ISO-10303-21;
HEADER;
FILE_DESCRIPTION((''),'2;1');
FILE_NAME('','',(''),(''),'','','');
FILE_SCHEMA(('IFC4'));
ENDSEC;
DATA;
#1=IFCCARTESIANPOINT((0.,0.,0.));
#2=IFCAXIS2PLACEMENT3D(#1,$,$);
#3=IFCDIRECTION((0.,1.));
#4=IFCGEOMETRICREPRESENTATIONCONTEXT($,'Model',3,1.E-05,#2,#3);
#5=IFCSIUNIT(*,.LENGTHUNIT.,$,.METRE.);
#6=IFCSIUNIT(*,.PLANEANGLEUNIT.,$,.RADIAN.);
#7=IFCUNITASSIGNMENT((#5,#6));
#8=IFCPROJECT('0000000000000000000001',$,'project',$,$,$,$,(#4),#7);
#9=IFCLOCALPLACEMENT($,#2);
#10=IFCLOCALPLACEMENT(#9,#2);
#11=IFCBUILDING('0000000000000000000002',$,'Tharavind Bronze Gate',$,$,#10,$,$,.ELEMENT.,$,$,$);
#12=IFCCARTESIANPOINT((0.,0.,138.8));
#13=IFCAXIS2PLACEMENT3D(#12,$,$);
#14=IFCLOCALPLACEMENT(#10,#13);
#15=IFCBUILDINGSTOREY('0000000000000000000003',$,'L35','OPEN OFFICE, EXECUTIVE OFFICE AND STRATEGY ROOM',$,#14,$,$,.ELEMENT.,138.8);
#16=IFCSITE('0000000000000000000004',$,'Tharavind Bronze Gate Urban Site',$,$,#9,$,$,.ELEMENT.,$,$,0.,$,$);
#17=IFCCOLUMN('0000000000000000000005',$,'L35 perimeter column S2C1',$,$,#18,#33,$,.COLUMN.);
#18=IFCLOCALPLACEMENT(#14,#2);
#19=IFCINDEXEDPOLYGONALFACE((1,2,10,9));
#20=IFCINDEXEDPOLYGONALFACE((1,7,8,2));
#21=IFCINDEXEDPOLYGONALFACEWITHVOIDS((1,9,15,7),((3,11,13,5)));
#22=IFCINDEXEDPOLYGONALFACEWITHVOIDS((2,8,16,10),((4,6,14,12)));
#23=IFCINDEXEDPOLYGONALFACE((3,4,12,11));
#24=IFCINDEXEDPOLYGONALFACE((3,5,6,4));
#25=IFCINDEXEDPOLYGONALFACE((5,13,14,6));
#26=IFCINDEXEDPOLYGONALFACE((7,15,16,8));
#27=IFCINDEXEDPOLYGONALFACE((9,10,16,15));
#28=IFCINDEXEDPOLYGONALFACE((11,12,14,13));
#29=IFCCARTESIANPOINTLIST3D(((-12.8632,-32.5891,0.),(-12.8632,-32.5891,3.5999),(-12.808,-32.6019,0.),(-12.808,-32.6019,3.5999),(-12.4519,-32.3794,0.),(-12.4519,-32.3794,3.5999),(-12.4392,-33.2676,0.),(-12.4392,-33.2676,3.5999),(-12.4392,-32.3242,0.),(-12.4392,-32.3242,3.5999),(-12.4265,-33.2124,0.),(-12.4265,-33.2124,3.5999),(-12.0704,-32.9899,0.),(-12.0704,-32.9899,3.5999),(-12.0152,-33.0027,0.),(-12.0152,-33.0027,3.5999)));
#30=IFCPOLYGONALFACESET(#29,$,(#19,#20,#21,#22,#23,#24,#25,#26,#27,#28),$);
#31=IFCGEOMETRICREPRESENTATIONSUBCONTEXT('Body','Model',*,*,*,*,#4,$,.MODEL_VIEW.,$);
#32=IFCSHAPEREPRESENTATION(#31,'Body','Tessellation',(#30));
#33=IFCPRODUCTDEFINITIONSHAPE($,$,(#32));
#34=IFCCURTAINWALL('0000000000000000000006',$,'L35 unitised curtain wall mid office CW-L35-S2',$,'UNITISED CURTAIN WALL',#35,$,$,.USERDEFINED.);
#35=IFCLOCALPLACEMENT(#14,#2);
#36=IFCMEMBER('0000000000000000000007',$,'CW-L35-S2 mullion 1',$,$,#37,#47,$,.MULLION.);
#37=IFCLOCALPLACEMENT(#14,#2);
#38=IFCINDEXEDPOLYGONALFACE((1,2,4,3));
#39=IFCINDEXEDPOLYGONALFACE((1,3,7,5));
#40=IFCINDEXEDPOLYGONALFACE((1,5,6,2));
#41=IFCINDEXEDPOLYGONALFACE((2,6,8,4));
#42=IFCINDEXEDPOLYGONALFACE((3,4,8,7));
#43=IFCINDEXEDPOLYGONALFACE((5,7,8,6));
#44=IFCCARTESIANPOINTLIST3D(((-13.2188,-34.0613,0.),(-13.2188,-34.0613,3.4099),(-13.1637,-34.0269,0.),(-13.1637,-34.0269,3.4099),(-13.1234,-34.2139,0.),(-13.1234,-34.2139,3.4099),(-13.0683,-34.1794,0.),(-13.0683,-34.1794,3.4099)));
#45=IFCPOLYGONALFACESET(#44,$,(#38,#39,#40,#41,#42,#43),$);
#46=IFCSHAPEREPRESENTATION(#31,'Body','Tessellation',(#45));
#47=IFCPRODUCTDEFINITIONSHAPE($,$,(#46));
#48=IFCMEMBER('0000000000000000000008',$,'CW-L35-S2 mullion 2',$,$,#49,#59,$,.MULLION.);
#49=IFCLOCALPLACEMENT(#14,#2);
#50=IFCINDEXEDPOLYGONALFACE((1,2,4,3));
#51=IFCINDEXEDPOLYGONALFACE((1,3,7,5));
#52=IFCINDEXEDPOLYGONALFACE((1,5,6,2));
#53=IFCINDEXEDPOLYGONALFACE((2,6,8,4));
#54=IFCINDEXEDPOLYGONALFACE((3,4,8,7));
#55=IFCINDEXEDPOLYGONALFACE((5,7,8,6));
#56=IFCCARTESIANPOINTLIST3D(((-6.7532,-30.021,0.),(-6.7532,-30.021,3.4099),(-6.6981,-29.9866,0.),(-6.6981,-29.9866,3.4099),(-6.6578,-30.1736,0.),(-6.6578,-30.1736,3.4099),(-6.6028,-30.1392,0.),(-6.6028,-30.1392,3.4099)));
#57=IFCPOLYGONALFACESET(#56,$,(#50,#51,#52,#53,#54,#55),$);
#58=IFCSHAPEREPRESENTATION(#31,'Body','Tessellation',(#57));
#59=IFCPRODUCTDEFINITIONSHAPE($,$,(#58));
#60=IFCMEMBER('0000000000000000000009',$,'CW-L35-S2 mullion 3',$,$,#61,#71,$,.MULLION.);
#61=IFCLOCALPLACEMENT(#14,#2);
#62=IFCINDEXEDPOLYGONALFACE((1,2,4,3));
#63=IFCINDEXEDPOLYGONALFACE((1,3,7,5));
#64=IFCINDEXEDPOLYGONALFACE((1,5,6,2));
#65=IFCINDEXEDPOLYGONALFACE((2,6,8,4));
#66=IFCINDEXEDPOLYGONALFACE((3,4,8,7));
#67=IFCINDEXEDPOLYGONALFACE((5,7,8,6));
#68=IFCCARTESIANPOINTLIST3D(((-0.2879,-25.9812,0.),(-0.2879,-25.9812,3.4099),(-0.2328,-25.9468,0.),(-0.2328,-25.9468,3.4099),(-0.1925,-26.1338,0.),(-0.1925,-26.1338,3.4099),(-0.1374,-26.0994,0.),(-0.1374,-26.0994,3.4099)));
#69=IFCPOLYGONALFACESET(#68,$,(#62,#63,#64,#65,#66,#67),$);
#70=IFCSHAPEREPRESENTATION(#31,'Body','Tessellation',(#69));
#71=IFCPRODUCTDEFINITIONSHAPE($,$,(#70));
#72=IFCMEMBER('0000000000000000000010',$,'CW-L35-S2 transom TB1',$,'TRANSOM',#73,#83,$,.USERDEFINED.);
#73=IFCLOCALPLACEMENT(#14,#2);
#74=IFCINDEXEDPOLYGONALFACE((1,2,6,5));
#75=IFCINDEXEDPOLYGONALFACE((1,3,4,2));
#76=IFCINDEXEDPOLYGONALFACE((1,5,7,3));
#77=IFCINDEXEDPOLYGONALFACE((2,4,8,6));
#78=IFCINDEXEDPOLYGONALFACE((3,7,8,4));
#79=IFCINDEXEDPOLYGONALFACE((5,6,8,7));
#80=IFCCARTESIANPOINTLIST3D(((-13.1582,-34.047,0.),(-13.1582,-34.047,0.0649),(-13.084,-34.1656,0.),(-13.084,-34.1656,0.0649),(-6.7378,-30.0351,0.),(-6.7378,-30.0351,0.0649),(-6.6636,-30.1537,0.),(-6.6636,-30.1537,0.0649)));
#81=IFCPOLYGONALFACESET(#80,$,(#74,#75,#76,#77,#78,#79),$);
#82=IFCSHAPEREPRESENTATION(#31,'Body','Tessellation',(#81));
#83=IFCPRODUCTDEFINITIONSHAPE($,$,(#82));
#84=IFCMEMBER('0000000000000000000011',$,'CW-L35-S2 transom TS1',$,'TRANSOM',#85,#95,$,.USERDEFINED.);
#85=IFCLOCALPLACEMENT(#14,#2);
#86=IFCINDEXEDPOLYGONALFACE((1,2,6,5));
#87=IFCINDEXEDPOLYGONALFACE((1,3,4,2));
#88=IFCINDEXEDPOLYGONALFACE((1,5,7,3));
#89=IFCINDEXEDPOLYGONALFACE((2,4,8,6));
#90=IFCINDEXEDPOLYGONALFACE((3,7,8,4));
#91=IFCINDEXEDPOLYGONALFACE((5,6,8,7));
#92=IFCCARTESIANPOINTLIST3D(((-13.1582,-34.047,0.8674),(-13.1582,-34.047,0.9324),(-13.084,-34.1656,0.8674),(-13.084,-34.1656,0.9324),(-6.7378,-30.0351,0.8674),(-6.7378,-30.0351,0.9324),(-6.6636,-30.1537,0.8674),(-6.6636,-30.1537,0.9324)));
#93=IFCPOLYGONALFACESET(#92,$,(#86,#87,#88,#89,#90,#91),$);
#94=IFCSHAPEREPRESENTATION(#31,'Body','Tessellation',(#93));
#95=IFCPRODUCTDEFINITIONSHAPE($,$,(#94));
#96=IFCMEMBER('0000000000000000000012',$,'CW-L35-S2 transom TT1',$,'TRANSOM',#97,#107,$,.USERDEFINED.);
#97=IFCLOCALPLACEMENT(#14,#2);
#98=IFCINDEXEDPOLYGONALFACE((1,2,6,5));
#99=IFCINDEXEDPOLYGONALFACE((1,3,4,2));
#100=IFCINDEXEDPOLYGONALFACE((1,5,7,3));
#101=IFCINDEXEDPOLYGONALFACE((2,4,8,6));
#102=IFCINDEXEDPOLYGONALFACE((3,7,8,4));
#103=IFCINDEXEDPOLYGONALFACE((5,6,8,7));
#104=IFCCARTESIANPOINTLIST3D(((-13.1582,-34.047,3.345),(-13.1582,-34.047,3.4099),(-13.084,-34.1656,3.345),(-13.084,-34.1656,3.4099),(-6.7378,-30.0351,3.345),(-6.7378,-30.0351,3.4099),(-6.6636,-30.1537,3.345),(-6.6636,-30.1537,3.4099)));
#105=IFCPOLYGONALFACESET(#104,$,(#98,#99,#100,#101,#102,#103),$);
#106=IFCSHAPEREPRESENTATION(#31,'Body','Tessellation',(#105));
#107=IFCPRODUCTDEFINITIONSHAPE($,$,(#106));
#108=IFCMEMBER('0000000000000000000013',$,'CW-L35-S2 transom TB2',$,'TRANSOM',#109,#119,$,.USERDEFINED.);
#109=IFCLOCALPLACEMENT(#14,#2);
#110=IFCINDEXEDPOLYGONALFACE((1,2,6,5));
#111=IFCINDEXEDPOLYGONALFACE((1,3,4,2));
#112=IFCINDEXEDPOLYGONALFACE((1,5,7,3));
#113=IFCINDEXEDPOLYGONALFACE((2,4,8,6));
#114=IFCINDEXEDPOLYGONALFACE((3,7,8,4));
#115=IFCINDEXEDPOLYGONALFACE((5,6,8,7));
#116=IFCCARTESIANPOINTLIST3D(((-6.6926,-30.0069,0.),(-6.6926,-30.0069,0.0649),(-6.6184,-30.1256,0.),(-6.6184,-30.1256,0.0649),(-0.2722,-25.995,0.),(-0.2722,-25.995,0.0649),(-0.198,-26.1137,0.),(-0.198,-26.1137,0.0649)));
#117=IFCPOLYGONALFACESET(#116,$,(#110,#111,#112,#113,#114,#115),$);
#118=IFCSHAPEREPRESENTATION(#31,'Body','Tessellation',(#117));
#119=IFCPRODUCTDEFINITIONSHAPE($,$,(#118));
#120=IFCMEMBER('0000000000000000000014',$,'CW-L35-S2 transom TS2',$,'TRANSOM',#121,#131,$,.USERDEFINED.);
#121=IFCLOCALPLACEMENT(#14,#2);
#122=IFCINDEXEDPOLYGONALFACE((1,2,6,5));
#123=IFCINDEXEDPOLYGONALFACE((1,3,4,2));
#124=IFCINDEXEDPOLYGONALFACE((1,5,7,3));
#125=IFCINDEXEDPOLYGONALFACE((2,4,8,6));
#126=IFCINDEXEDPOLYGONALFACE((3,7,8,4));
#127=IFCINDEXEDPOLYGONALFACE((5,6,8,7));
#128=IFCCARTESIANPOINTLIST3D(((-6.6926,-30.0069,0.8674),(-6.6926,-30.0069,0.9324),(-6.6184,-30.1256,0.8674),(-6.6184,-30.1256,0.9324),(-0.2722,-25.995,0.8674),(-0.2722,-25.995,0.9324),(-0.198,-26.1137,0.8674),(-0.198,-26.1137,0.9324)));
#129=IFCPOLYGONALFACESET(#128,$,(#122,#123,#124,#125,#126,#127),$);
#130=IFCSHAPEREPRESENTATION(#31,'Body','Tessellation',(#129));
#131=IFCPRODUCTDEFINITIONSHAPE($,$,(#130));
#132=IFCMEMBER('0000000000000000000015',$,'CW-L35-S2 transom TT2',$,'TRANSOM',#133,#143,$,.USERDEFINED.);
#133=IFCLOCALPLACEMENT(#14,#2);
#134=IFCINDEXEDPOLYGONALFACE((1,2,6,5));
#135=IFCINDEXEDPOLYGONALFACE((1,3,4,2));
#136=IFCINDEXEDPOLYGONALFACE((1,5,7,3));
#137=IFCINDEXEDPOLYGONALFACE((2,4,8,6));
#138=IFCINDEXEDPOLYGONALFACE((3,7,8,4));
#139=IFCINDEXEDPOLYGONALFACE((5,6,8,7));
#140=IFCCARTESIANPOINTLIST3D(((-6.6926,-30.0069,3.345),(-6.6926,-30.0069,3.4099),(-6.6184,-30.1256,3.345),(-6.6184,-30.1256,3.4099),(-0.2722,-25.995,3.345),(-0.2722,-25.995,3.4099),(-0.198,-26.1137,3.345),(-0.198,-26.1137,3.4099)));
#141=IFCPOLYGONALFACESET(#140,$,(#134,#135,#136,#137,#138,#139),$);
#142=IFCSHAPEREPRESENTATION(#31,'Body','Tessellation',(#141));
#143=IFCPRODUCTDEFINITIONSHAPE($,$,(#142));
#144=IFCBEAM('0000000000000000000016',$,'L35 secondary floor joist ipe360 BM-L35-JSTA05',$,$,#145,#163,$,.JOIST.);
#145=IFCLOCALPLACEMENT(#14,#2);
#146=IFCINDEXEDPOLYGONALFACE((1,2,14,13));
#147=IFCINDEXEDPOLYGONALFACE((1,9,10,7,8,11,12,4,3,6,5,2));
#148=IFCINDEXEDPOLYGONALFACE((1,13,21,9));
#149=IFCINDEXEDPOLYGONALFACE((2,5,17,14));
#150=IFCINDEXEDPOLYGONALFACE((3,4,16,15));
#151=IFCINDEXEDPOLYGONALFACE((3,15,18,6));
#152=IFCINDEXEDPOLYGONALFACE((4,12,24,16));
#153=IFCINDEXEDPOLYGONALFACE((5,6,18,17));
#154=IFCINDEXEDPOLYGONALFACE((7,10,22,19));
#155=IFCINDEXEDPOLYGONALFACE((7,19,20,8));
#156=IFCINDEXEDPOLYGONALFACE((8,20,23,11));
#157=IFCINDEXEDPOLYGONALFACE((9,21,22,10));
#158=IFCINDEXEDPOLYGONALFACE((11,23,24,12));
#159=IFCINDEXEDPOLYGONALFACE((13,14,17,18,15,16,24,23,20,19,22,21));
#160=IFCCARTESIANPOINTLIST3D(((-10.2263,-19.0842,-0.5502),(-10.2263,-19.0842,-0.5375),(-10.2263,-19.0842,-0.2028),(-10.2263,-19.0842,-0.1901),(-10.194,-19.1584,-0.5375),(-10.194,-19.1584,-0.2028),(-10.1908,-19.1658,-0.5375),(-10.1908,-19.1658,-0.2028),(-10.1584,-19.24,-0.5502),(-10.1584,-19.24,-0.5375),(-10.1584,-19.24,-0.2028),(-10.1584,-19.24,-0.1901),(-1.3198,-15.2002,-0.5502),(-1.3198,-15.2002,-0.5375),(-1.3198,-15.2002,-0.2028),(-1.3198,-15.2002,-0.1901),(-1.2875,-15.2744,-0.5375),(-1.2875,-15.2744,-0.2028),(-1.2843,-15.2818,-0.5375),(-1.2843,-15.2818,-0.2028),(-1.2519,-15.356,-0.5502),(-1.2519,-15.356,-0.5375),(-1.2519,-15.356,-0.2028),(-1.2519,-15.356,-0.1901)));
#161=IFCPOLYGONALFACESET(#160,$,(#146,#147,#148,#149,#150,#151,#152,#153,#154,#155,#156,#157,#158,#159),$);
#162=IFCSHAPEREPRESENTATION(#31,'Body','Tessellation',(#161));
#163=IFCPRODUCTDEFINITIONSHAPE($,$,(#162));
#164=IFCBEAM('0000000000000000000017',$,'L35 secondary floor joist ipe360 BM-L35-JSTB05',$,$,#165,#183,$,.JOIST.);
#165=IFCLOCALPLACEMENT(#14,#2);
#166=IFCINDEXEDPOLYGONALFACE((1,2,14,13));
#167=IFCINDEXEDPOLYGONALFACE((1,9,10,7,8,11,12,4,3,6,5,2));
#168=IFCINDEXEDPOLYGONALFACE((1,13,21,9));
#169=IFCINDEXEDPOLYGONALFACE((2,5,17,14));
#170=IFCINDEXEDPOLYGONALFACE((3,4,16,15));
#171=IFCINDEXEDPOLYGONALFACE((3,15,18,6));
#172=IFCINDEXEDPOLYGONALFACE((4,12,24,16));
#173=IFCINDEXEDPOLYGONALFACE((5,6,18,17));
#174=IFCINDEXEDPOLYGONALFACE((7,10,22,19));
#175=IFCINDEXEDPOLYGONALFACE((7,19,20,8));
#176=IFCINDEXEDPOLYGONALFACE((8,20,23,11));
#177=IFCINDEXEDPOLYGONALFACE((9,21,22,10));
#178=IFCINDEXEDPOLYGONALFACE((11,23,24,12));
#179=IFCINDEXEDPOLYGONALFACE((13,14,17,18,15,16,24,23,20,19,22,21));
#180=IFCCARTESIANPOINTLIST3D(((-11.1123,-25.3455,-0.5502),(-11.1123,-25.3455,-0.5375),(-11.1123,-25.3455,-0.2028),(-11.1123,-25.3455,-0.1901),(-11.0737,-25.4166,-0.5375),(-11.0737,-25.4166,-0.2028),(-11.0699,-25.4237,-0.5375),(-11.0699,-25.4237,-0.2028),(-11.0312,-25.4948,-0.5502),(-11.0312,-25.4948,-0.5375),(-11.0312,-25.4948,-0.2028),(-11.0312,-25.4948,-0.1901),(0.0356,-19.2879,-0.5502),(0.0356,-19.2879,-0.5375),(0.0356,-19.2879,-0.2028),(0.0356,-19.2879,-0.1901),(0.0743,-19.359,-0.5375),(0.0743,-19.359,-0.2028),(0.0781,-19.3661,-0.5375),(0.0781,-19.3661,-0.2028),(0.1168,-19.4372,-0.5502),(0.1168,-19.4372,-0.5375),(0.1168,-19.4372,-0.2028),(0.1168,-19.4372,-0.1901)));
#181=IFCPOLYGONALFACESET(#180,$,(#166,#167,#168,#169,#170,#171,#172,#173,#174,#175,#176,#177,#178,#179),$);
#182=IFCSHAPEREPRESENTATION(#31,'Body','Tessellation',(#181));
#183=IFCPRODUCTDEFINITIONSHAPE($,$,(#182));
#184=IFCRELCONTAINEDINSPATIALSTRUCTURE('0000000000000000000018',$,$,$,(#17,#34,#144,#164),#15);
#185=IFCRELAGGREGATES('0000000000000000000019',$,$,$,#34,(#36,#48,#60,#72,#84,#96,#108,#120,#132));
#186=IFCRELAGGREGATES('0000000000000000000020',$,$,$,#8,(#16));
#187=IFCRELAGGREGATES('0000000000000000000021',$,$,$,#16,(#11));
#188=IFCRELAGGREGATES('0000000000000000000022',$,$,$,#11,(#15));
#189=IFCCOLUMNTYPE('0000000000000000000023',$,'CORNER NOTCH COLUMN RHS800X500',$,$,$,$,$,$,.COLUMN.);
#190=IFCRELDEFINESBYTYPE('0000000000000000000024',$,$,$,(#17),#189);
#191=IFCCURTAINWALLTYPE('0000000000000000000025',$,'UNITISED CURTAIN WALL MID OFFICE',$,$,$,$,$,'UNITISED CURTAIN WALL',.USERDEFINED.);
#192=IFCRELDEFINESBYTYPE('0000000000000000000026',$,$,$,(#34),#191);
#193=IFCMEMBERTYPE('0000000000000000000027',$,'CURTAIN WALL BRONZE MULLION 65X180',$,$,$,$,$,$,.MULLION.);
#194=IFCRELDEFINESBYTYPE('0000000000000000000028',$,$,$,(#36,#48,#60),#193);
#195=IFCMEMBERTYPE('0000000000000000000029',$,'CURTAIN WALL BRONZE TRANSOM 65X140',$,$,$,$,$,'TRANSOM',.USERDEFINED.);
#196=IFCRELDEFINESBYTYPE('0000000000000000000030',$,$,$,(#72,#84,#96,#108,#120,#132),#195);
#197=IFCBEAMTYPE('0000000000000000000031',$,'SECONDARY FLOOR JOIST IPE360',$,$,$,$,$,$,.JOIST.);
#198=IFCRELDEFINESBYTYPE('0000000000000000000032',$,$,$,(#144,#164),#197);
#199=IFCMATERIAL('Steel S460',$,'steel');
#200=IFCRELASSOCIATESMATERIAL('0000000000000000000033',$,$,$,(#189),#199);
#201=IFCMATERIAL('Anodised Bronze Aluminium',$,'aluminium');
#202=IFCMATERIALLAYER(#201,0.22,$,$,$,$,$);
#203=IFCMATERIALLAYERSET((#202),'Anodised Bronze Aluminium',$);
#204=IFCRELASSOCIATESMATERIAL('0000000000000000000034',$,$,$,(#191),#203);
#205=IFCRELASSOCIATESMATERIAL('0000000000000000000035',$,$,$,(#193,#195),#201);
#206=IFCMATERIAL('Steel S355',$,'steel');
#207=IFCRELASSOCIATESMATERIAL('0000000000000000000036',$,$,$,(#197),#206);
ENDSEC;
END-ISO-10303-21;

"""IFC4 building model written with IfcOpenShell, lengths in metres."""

from ifc_helpers import new_model, si_unit, direction, frame, origin, origin_2d, place, context, subcontext, project, spatial, rectangle, hollow_rectangle, i_section, extrude, material, layer, layer_set, material_profile, profile_set, type_object, element, aggregate, save


model = new_model("IFC4")

# Units and contexts
model_context = context("Model", 3, precision=1e-05, world=origin(), true_north=direction((0.0, 1.0)))
body_context = subcontext(model_context, "Body", "Model", "MODEL_VIEW")
ifc_project = project(units=[si_unit("LENGTHUNIT", "METRE"), si_unit("PLANEANGLEUNIT", "RADIAN")], contexts=[model_context])

# Site, building, storey
site_placement = place(None, origin())
site = spatial("IfcSite", under=ifc_project, at=site_placement, Name="Tharavind Bronze Gate Urban Site", CompositionType="ELEMENT", RefElevation=0.0)
building_placement = place(site_placement, origin())
building = spatial("IfcBuilding", under=site, at=building_placement, Name="Tharavind Bronze Gate", CompositionType="ELEMENT")
storey_placement = place(building_placement, frame((0.0, 0.0, 138.8)))
storey = spatial("IfcBuildingStorey", under=building, at=storey_placement, Name="L35", Description="OPEN OFFICE, EXECUTIVE OFFICE AND STRATEGY ROOM", CompositionType="ELEMENT", Elevation=138.8)

# Column
ifc_material_1 = material(Name="Steel S460", Category="steel")
ifc_material_profile_1 = material_profile(ifc_material_1, hollow_rectangle(XDim=0.5, YDim=0.8, WallThickness=0.04, at=origin_2d()), Name="RHS800X500X40")
ifc_profile_set_1 = profile_set([ifc_material_profile_1], Name="Steel S460")
column_type = type_object("IfcColumnType", Name="CORNER NOTCH COLUMN RHS800X500", PredefinedType="COLUMN", material=ifc_profile_set_1)
column_placement = place(storey_placement, frame((-12.4392, -32.7959, 0.0), z_axis=(0.0, 0.0, 1.0), x_axis=(0.848047, 0.529921, 0.0)))
element("IfcColumn", 1, at=column_placement, inside=storey, type_object=column_type, Name="L35 perimeter column S2C1", PredefinedType="COLUMN", context=body_context, shape_type="SweptSolid", body=[
    extrude(hollow_rectangle(XDim=0.5, YDim=0.8, WallThickness=0.04, at=origin_2d()), origin(), (0.0, 0.0, 1.0), 3.5999),
])

# Curtain wall, members
ifc_material_2 = material(Name="Anodised Bronze Aluminium", Category="aluminium")
ifc_layer_1 = layer(ifc_material_2, 0.22)
ifc_layer_set_1 = layer_set([ifc_layer_1], Name="Anodised Bronze Aluminium")
curtain_wall_type = type_object("IfcCurtainWallType", Name="UNITISED CURTAIN WALL MID OFFICE", ElementType="UNITISED CURTAIN WALL", PredefinedType="USERDEFINED", material=ifc_layer_set_1)
curtain_wall_placement = place(storey_placement, origin())
curtain_wall = element("IfcCurtainWall", 2, at=curtain_wall_placement, inside=storey, type_object=curtain_wall_type, Name="L35 unitised curtain wall mid office CW-L35-S2", ObjectType="UNITISED CURTAIN WALL", PredefinedType="USERDEFINED")
member_type_1 = type_object("IfcMemberType", Name="CURTAIN WALL BRONZE MULLION 65X180", PredefinedType="MULLION", material=ifc_material_2)
member_1_placement = place(storey_placement, frame((-13.1436, -34.1204, 0.0), z_axis=(0.0, 0.0, 1.0), x_axis=(0.848048, 0.529919, 0.0)))
member_1 = element("IfcMember", 3, at=member_1_placement, type_object=member_type_1, Name="CW-L35-S2 mullion 1", PredefinedType="MULLION", context=body_context, shape_type="SweptSolid", body=[
    extrude(rectangle(XDim=0.0649, YDim=0.1799, at=origin_2d()), origin(), (0.0, 0.0, 1.0), 3.4099),
])
member_2_placement = place(storey_placement, frame((-6.678, -30.0801, 0.0), z_axis=(0.0, 0.0, 1.0), x_axis=(0.848048, 0.529919, 0.0)))
member_2 = element("IfcMember", 4, at=member_2_placement, type_object=member_type_1, Name="CW-L35-S2 mullion 2", PredefinedType="MULLION", context=body_context, shape_type="SweptSolid", body=[
    extrude(rectangle(XDim=0.0649, YDim=0.1799, at=origin_2d()), origin(), (0.0, 0.0, 1.0), 3.4099),
])
member_3_placement = place(storey_placement, frame((-0.2126, -26.0403, 0.0), z_axis=(0.0, 0.0, 1.0), x_axis=(0.848048, 0.529919, 0.0)))
member_3 = element("IfcMember", 5, at=member_3_placement, type_object=member_type_1, Name="CW-L35-S2 mullion 3", PredefinedType="MULLION", context=body_context, shape_type="SweptSolid", body=[
    extrude(rectangle(XDim=0.0649, YDim=0.1799, at=origin_2d()), origin(), (0.0, 0.0, 1.0), 3.4099),
])
member_type_2 = type_object("IfcMemberType", Name="CURTAIN WALL BRONZE TRANSOM 65X140", ElementType="TRANSOM", PredefinedType="USERDEFINED", material=ifc_material_2)
member_4_placement = place(storey_placement, frame((-9.9109, -32.1003, 0.0), z_axis=(0.0, 0.0, 1.0), x_axis=(0.848048, 0.529919, 0.0)))
member_4 = element("IfcMember", 6, at=member_4_placement, type_object=member_type_2, Name="CW-L35-S2 transom TB1", ObjectType="TRANSOM", PredefinedType="USERDEFINED", context=body_context, shape_type="SweptSolid", body=[
    extrude(rectangle(XDim=7.5708, YDim=0.1399, at=origin_2d()), origin(), (0.0, 0.0, 1.0), 0.0649),
])
member_5_placement = place(storey_placement, frame((-9.9109, -32.1003, 0.8674), z_axis=(0.0, 0.0, 1.0), x_axis=(0.848048, 0.529919, 0.0)))
member_5 = element("IfcMember", 7, at=member_5_placement, type_object=member_type_2, Name="CW-L35-S2 transom TS1", ObjectType="TRANSOM", PredefinedType="USERDEFINED", context=body_context, shape_type="SweptSolid", body=[
    extrude(rectangle(XDim=7.5708, YDim=0.1399, at=origin_2d()), origin(), (0.0, 0.0, 1.0), 0.0649),
])
member_6_placement = place(storey_placement, frame((-9.9109, -32.1003, 3.345), z_axis=(0.0, 0.0, 1.0), x_axis=(0.848048, 0.529919, 0.0)))
member_6 = element("IfcMember", 8, at=member_6_placement, type_object=member_type_2, Name="CW-L35-S2 transom TT1", ObjectType="TRANSOM", PredefinedType="USERDEFINED", context=body_context, shape_type="SweptSolid", body=[
    extrude(rectangle(XDim=7.5708, YDim=0.1399, at=origin_2d()), origin(), (0.0, 0.0, 1.0), 0.0649),
])
member_7_placement = place(storey_placement, frame((-3.4453, -28.0603, 0.0), z_axis=(0.0, 0.0, 1.0), x_axis=(0.848048, 0.529919, 0.0)))
member_7 = element("IfcMember", 9, at=member_7_placement, type_object=member_type_2, Name="CW-L35-S2 transom TB2", ObjectType="TRANSOM", PredefinedType="USERDEFINED", context=body_context, shape_type="SweptSolid", body=[
    extrude(rectangle(XDim=7.5708, YDim=0.1399, at=origin_2d()), origin(), (0.0, 0.0, 1.0), 0.0649),
])
member_8_placement = place(storey_placement, frame((-3.4453, -28.0603, 0.8674), z_axis=(0.0, 0.0, 1.0), x_axis=(0.848048, 0.529919, 0.0)))
member_8 = element("IfcMember", 10, at=member_8_placement, type_object=member_type_2, Name="CW-L35-S2 transom TS2", ObjectType="TRANSOM", PredefinedType="USERDEFINED", context=body_context, shape_type="SweptSolid", body=[
    extrude(rectangle(XDim=7.5708, YDim=0.1399, at=origin_2d()), origin(), (0.0, 0.0, 1.0), 0.0649),
])
member_9_placement = place(storey_placement, frame((-3.4453, -28.0603, 3.345), z_axis=(0.0, 0.0, 1.0), x_axis=(0.848048, 0.529919, 0.0)))
member_9 = element("IfcMember", 11, at=member_9_placement, type_object=member_type_2, Name="CW-L35-S2 transom TT2", ObjectType="TRANSOM", PredefinedType="USERDEFINED", context=body_context, shape_type="SweptSolid", body=[
    extrude(rectangle(XDim=7.5708, YDim=0.1399, at=origin_2d()), origin(), (0.0, 0.0, 1.0), 0.0649),
])

# Beams
ifc_material_3 = material(Name="Steel S355", Category="steel")
ifc_material_profile_2 = material_profile(ifc_material_3, i_section(OverallWidth=0.1699, OverallDepth=0.3601, WebThickness=0.0081, FlangeThickness=0.0127, at=origin_2d()), Name="IPE360")
ifc_profile_set_2 = profile_set([ifc_material_profile_2], Name="Steel S355")
beam_type_1 = type_object("IfcBeamType", Name="SECONDARY FLOOR JOIST IPE360", PredefinedType="JOIST", material=ifc_profile_set_2)
beam_1_placement = place(storey_placement, frame((-10.1924, -19.1621, -0.3701), z_axis=(0.916631, 0.399734, 0.0), x_axis=(-0.399734, 0.916631, 0.0)))
element("IfcBeam", 12, at=beam_1_placement, inside=storey, type_object=beam_type_1, Name="L35 secondary floor joist ipe360 BM-L35-JSTA05", PredefinedType="JOIST", context=body_context, shape_type="SweptSolid", body=[
    extrude(i_section(OverallWidth=0.1699, OverallDepth=0.3601, WebThickness=0.0081, FlangeThickness=0.0127, at=origin_2d()), origin(), (0.0, 0.0, 1.0), 9.7166),
])
beam_2_placement = place(storey_placement, frame((-11.0718, -25.4202, -0.3701), z_axis=(0.878659, 0.477449, 0.0), x_axis=(-0.477449, 0.878659, 0.0)))
element("IfcBeam", 13, at=beam_2_placement, inside=storey, type_object=beam_type_1, Name="L35 secondary floor joist ipe360 BM-L35-JSTB05", PredefinedType="JOIST", context=body_context, shape_type="SweptSolid", body=[
    extrude(i_section(OverallWidth=0.1699, OverallDepth=0.3601, WebThickness=0.0081, FlangeThickness=0.0127, at=origin_2d()), origin(), (0.0, 0.0, 1.0), 12.6875),
])

aggregate(curtain_wall, [member_1, member_2, member_3, member_4, member_5, member_6, member_7, member_8, member_9])

save(model, "model.ifc")
